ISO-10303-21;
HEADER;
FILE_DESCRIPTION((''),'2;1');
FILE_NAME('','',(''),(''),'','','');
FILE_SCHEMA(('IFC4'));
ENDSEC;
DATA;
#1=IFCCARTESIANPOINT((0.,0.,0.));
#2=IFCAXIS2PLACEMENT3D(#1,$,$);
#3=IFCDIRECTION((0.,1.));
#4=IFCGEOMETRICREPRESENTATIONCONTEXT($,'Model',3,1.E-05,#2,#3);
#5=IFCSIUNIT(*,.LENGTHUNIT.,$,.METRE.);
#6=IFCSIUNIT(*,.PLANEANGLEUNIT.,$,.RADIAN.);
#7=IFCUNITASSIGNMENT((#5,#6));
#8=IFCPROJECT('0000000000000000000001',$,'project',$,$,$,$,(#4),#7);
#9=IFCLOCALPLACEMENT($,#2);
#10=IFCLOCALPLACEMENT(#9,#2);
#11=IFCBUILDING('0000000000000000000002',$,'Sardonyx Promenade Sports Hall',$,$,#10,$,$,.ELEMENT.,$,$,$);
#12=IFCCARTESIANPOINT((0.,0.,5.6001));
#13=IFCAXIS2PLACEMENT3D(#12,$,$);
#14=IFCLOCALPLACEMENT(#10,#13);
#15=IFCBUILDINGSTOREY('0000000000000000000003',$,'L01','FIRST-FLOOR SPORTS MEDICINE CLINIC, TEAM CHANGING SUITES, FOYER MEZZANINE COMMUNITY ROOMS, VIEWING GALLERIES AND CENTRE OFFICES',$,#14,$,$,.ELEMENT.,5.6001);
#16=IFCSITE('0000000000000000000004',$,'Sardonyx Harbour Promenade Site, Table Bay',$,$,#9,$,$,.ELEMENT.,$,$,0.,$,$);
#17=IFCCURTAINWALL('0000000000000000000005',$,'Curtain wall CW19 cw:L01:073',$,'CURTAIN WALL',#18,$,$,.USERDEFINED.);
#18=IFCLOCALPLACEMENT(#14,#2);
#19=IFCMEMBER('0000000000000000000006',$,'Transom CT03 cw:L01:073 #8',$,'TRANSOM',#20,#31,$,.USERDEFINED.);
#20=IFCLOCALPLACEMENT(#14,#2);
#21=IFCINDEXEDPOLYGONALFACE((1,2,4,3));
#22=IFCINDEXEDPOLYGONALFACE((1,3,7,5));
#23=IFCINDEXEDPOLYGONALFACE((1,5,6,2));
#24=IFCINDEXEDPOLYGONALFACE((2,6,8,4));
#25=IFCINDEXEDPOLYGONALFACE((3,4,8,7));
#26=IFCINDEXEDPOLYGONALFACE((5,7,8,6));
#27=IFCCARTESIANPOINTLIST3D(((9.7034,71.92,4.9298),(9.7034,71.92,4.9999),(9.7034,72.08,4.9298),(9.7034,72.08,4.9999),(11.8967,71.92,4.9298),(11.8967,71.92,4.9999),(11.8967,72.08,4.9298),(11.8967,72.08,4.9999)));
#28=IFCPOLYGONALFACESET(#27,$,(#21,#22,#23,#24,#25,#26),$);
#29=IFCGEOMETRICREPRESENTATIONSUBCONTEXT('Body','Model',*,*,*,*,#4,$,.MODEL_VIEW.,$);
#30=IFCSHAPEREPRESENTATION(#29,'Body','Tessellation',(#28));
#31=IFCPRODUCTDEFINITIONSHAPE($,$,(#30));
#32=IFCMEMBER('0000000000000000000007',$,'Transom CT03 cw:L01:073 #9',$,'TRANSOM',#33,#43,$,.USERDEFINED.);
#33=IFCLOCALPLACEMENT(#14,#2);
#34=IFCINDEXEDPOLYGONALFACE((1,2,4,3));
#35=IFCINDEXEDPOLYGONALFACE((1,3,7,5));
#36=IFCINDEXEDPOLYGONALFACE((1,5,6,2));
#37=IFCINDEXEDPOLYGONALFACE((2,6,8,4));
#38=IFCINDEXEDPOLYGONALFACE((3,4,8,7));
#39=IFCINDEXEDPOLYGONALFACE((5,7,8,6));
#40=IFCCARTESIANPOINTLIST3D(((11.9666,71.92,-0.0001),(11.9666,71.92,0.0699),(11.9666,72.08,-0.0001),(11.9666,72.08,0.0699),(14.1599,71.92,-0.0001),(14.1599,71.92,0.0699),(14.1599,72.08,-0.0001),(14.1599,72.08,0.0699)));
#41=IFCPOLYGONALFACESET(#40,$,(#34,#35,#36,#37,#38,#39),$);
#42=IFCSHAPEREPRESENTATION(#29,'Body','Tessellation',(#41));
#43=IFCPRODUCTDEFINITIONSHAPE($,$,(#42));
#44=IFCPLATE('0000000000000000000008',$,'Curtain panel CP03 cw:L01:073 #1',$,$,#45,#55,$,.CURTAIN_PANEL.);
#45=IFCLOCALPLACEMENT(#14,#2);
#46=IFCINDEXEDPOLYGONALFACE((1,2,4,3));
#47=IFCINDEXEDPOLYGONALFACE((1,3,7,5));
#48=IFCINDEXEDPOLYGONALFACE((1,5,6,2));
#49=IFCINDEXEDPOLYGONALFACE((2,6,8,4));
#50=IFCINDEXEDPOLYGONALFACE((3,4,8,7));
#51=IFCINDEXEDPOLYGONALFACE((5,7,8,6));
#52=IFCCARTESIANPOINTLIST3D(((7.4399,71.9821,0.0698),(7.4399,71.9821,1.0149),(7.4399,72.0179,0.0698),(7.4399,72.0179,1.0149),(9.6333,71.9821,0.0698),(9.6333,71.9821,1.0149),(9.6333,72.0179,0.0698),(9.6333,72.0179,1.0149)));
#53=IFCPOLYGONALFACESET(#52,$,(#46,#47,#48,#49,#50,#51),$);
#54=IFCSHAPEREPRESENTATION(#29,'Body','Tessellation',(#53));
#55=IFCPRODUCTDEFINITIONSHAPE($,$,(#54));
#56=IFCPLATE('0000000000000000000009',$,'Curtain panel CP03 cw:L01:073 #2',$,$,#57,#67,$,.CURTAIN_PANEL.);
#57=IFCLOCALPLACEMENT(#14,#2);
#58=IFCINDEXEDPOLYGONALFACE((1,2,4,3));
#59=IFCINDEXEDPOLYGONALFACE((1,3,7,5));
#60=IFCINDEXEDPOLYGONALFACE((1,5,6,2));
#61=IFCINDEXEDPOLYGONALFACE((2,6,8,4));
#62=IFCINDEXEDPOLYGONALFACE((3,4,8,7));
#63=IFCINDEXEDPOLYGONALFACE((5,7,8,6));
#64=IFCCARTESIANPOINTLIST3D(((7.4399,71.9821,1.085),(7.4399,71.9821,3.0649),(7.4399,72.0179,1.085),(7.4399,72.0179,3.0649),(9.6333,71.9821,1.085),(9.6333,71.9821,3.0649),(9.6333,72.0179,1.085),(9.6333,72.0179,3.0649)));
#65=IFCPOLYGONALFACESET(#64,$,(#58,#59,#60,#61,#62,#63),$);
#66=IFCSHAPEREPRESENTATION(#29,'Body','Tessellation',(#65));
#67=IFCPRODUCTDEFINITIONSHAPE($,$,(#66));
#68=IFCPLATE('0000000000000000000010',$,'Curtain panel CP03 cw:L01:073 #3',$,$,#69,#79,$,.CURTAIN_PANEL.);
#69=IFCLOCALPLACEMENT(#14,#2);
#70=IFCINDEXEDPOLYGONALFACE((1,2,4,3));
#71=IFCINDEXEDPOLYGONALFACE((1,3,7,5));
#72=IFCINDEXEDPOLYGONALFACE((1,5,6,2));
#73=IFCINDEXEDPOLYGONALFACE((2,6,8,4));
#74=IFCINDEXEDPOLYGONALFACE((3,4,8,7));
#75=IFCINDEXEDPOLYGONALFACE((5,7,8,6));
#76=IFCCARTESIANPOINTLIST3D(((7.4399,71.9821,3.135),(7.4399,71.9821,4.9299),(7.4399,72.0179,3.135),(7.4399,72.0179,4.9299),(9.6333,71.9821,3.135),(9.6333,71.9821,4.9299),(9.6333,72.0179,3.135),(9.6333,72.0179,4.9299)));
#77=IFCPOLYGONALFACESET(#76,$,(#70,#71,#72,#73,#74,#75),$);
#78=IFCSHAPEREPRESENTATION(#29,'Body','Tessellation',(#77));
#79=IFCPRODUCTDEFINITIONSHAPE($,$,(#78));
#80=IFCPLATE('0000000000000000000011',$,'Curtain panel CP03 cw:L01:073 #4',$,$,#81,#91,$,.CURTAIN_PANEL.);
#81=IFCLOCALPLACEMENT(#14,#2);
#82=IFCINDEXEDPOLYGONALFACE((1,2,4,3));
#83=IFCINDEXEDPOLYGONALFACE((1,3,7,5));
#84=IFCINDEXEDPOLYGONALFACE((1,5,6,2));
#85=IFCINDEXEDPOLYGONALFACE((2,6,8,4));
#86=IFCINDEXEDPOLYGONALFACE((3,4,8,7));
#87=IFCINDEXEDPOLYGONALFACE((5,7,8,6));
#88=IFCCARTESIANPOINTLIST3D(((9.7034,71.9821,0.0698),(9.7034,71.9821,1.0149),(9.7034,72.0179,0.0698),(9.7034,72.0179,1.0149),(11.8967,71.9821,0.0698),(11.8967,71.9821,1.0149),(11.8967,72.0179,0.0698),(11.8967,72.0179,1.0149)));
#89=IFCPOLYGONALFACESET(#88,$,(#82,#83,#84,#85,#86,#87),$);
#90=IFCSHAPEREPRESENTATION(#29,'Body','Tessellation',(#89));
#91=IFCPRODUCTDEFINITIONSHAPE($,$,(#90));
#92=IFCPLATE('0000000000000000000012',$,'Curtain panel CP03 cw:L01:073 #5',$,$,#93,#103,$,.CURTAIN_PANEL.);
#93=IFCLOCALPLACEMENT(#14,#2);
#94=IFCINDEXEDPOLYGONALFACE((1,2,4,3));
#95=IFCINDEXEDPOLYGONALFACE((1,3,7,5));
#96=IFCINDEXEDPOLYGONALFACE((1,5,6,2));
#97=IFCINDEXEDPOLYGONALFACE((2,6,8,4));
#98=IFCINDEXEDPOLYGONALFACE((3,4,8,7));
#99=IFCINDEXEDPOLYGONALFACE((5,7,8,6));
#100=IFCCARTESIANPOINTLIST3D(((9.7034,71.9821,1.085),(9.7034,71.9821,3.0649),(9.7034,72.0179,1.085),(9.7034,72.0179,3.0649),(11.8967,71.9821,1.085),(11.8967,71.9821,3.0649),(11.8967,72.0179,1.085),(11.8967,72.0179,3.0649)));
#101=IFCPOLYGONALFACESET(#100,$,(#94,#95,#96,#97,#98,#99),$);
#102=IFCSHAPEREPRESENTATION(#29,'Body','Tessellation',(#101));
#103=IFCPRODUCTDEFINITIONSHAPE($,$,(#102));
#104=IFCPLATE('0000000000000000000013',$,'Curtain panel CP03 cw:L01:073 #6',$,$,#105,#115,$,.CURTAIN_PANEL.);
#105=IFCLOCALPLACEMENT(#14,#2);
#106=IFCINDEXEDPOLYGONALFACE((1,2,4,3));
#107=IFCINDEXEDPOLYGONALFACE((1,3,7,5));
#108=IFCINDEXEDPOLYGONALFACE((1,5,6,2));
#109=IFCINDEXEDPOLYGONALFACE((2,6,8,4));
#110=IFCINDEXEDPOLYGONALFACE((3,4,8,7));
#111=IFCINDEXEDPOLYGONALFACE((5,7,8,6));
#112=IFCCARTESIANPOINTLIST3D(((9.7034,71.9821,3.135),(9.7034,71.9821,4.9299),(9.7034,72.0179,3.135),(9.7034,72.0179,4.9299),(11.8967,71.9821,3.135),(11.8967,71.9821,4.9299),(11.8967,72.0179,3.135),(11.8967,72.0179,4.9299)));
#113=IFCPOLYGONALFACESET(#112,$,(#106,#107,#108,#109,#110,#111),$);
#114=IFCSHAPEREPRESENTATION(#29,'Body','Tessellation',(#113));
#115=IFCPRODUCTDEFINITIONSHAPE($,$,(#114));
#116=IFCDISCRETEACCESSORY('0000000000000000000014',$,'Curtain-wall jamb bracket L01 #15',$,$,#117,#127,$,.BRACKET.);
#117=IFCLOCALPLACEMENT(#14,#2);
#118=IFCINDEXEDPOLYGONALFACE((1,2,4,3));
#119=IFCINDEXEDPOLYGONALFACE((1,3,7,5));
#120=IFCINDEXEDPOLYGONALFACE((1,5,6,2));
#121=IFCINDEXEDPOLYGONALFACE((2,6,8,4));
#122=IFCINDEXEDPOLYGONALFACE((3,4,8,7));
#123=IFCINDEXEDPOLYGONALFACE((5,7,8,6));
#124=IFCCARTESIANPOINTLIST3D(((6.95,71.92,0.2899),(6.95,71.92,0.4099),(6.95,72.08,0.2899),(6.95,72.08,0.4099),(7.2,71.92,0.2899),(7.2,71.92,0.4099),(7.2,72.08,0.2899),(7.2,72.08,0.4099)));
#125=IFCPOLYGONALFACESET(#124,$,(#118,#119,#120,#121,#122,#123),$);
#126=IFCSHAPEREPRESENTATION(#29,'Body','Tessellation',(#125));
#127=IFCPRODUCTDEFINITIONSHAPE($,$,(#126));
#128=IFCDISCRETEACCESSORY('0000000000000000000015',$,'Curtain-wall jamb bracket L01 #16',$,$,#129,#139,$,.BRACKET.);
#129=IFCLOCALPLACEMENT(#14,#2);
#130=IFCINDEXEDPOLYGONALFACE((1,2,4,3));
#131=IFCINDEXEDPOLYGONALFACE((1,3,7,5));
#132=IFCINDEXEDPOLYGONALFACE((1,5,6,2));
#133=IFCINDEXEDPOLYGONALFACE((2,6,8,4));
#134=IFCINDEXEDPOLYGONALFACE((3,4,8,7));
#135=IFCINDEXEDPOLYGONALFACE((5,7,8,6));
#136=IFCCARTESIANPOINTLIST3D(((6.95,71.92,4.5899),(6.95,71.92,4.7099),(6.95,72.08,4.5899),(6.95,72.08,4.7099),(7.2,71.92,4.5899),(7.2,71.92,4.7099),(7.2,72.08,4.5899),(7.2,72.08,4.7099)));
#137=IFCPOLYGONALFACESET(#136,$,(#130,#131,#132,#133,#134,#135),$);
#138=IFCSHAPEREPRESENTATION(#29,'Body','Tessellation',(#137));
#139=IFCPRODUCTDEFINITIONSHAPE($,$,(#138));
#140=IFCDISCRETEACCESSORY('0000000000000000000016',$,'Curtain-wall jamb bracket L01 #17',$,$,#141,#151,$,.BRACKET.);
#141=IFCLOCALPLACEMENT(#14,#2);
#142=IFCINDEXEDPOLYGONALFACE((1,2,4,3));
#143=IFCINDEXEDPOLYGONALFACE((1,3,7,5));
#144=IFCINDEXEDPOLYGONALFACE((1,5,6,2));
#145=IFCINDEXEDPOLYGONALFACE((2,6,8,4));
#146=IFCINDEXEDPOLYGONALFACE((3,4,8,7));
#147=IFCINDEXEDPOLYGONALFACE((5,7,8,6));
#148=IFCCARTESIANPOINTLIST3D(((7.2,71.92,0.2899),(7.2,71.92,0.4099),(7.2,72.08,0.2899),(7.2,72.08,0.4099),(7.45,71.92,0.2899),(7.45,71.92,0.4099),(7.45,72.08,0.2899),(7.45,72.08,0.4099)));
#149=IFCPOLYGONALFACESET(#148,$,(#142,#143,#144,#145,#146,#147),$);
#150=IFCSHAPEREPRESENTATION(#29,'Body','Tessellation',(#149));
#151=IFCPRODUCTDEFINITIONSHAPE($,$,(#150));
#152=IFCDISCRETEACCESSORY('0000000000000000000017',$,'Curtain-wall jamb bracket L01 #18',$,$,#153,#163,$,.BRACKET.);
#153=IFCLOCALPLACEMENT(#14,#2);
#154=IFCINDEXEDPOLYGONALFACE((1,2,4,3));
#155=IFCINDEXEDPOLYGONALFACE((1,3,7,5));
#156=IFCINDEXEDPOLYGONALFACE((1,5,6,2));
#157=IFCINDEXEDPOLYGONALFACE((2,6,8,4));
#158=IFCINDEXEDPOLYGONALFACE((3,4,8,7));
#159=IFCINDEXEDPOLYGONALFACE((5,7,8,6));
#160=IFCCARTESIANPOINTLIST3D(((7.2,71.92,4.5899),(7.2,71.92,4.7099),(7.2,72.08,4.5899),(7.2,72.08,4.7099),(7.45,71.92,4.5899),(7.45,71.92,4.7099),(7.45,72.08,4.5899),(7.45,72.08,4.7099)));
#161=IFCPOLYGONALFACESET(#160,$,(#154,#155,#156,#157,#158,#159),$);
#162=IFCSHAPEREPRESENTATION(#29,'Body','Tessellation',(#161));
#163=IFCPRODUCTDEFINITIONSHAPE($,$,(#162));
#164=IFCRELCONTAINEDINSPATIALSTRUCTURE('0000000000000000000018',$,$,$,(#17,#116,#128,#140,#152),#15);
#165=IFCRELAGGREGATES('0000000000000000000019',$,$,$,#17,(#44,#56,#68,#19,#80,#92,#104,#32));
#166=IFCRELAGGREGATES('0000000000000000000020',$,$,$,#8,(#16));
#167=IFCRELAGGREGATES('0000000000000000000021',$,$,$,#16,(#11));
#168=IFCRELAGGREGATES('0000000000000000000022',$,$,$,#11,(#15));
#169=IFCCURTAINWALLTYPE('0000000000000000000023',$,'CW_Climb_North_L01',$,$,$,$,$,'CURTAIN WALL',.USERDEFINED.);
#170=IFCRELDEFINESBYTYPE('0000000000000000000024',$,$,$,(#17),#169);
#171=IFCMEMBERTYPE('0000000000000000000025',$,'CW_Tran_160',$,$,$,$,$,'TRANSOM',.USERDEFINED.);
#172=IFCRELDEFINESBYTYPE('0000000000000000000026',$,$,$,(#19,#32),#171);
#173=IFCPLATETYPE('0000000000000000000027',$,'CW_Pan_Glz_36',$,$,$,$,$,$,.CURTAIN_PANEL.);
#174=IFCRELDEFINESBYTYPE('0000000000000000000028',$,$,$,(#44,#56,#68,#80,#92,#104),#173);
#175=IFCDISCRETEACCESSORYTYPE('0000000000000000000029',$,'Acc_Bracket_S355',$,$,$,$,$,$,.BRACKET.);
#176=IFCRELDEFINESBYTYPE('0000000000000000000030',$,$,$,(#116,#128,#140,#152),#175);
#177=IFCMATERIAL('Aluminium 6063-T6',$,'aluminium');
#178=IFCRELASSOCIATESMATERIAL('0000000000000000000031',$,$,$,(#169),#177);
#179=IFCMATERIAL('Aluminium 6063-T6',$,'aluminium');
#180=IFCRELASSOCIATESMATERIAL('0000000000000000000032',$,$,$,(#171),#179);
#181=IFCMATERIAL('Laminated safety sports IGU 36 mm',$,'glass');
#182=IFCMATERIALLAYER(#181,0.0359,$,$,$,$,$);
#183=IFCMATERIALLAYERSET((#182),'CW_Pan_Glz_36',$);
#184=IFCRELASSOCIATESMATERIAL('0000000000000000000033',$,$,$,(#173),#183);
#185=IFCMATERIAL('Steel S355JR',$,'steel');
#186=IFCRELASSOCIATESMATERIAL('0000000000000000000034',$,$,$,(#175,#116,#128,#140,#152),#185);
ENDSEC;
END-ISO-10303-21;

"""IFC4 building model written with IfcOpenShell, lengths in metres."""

from ifc_helpers import new_model, si_unit, direction, frame, origin, origin_2d, place, context, subcontext, project, spatial, rectangle, extrude, material, layer, layer_set, material_profile, profile_set, type_object, element, aggregate, save


model = new_model("IFC4")

# Units and contexts
model_context = context("Model", 3, precision=1e-05, world=origin(), true_north=direction((0.0, 1.0)))
body_context = subcontext(model_context, "Body", "Model", "MODEL_VIEW")
ifc_project = project(units=[si_unit("LENGTHUNIT", "METRE"), si_unit("PLANEANGLEUNIT", "RADIAN")], contexts=[model_context])

# Site, building, storey
site_placement = place(None, origin())
site = spatial("IfcSite", under=ifc_project, at=site_placement, Name="Sardonyx Harbour Promenade Site, Table Bay", CompositionType="ELEMENT", RefElevation=0.0)
building_placement = place(site_placement, origin())
building = spatial("IfcBuilding", under=site, at=building_placement, Name="Sardonyx Promenade Sports Hall", CompositionType="ELEMENT")
storey_placement = place(building_placement, frame((0.0, 0.0, 5.6001)))
storey = spatial("IfcBuildingStorey", under=building, at=storey_placement, Name="L01", Description="FIRST-FLOOR SPORTS MEDICINE CLINIC, TEAM CHANGING SUITES, FOYER MEZZANINE COMMUNITY ROOMS, VIEWING GALLERIES AND CENTRE OFFICES", CompositionType="ELEMENT", Elevation=5.6001)

# Shared definitions
ifc_material_1 = material(Name="Aluminium 6063-T6", Category="aluminium")
curtain_wall_type = type_object("IfcCurtainWallType", Name="CW_Climb_North_L01", ElementType="CURTAIN WALL", PredefinedType="USERDEFINED", material=ifc_material_1)

# Curtain wall, members, plates
curtain_wall_1_placement = place(storey_placement, origin())
curtain_wall_1 = element("IfcCurtainWall", 1, at=curtain_wall_1_placement, inside=storey, type_object=curtain_wall_type, Name="Curtain wall CW19 cw:L01:073", ObjectType="CURTAIN WALL", PredefinedType="USERDEFINED")
ifc_material_2 = material(Name="Aluminium 6063-T6", Category="aluminium")
ifc_material_profile_1 = material_profile(ifc_material_2, rectangle(XDim=0.0701, YDim=0.1599, at=origin_2d()))
ifc_profile_set_1 = profile_set([ifc_material_profile_1], Name="Aluminium 6063-T6")
member_type_1 = type_object("IfcMemberType", Name="CW_Tran_160", ElementType="TRANSOM", PredefinedType="USERDEFINED", material=ifc_profile_set_1)
member_1_placement = place(storey_placement, frame((9.7034, 72.0, 4.9648), z_axis=(1.0, 0.0, 0.0), x_axis=(0.0, 0.0, 1.0)))
member_1 = element("IfcMember", 2, at=member_1_placement, type_object=member_type_1, Name="Transom CT03 cw:L01:073 #8", ObjectType="TRANSOM", PredefinedType="USERDEFINED", context=body_context, shape_type="SweptSolid", body=[
    extrude(rectangle(XDim=0.0701, YDim=0.1599, at=origin_2d()), origin(), (0.0, 0.0, 1.0), 2.1934),
])
member_2_placement = place(storey_placement, frame((11.9666, 72.0, 0.0349), z_axis=(1.0, 0.0, 0.0), x_axis=(0.0, 0.0, 1.0)))
member_2 = element("IfcMember", 3, at=member_2_placement, type_object=member_type_1, Name="Transom CT03 cw:L01:073 #9", ObjectType="TRANSOM", PredefinedType="USERDEFINED", context=body_context, shape_type="SweptSolid", body=[
    extrude(rectangle(XDim=0.0701, YDim=0.1599, at=origin_2d()), origin(), (0.0, 0.0, 1.0), 2.1934),
])
ifc_material_3 = material(Name="Laminated safety sports IGU 36 mm", Category="glass")
ifc_layer = layer(ifc_material_3, 0.0359)
ifc_layer_set = layer_set([ifc_layer], Name="CW_Pan_Glz_36")
plate_type = type_object("IfcPlateType", Name="CW_Pan_Glz_36", PredefinedType="CURTAIN_PANEL", material=ifc_layer_set)
plate_1_placement = place(storey_placement, frame((8.5366, 72.0, 0.0698), z_axis=(0.0, 0.0, 1.0), x_axis=(1.0, 0.0, 0.0)))
plate_1 = element("IfcPlate", 4, at=plate_1_placement, type_object=plate_type, Name="Curtain panel CP03 cw:L01:073 #1", PredefinedType="CURTAIN_PANEL", context=body_context, shape_type="SweptSolid", body=[
    extrude(rectangle(XDim=2.1934, YDim=0.0359, at=origin_2d()), origin(), (0.0, 0.0, 1.0), 0.9451),
])
plate_2_placement = place(storey_placement, frame((8.5366, 72.0, 1.085), z_axis=(0.0, 0.0, 1.0), x_axis=(1.0, 0.0, 0.0)))
plate_2 = element("IfcPlate", 5, at=plate_2_placement, type_object=plate_type, Name="Curtain panel CP03 cw:L01:073 #2", PredefinedType="CURTAIN_PANEL", context=body_context, shape_type="SweptSolid", body=[
    extrude(rectangle(XDim=2.1934, YDim=0.0359, at=origin_2d()), origin(), (0.0, 0.0, 1.0), 1.98),
])
plate_3_placement = place(storey_placement, frame((8.5366, 72.0, 3.135), z_axis=(0.0, 0.0, 1.0), x_axis=(1.0, 0.0, 0.0)))
plate_3 = element("IfcPlate", 6, at=plate_3_placement, type_object=plate_type, Name="Curtain panel CP03 cw:L01:073 #3", PredefinedType="CURTAIN_PANEL", context=body_context, shape_type="SweptSolid", body=[
    extrude(rectangle(XDim=2.1934, YDim=0.0359, at=origin_2d()), origin(), (0.0, 0.0, 1.0), 1.7949),
])
plate_4_placement = place(storey_placement, frame((10.8, 72.0, 0.0698), z_axis=(0.0, 0.0, 1.0), x_axis=(1.0, 0.0, 0.0)))
plate_4 = element("IfcPlate", 7, at=plate_4_placement, type_object=plate_type, Name="Curtain panel CP03 cw:L01:073 #4", PredefinedType="CURTAIN_PANEL", context=body_context, shape_type="SweptSolid", body=[
    extrude(rectangle(XDim=2.1934, YDim=0.0359, at=origin_2d()), origin(), (0.0, 0.0, 1.0), 0.9451),
])
plate_5_placement = place(storey_placement, frame((10.8, 72.0, 1.085), z_axis=(0.0, 0.0, 1.0), x_axis=(1.0, 0.0, 0.0)))
plate_5 = element("IfcPlate", 8, at=plate_5_placement, type_object=plate_type, Name="Curtain panel CP03 cw:L01:073 #5", PredefinedType="CURTAIN_PANEL", context=body_context, shape_type="SweptSolid", body=[
    extrude(rectangle(XDim=2.1934, YDim=0.0359, at=origin_2d()), origin(), (0.0, 0.0, 1.0), 1.98),
])
plate_6_placement = place(storey_placement, frame((10.8, 72.0, 3.135), z_axis=(0.0, 0.0, 1.0), x_axis=(1.0, 0.0, 0.0)))
plate_6 = element("IfcPlate", 9, at=plate_6_placement, type_object=plate_type, Name="Curtain panel CP03 cw:L01:073 #6", PredefinedType="CURTAIN_PANEL", context=body_context, shape_type="SweptSolid", body=[
    extrude(rectangle(XDim=2.1934, YDim=0.0359, at=origin_2d()), origin(), (0.0, 0.0, 1.0), 1.7949),
])
aggregate(curtain_wall_1, [plate_1, plate_2, plate_3, member_1, plate_4, plate_5, plate_6, member_2])

# Discrete accessories
ifc_material_4 = material(Name="Steel S355JR", Category="steel")
discrete_accessory_type = type_object("IfcDiscreteAccessoryType", Name="Acc_Bracket_S355", PredefinedType="BRACKET", material=ifc_material_4)
for number, where, z_axis, x_axis, name in (
    (10, (7.075, 72.0, 0.2899), (0.0, 0.0, 1.0), (1.0, 0.0, 0.0), "Curtain-wall jamb bracket L01 #15"),
    (11, (7.075, 72.0, 4.5899), (0.0, 0.0, 1.0), (1.0, 0.0, 0.0), "Curtain-wall jamb bracket L01 #16"),
    (12, (7.325, 72.0, 0.2899), (0.0, 0.0, 1.0), (1.0, 0.0, 0.0), "Curtain-wall jamb bracket L01 #17"),
    (13, (7.325, 72.0, 4.5899), (0.0, 0.0, 1.0), (1.0, 0.0, 0.0), "Curtain-wall jamb bracket L01 #18"),
):
    element("IfcDiscreteAccessory", number, at=place(storey_placement, frame(where, z_axis=z_axis, x_axis=x_axis)), inside=storey, type_object=discrete_accessory_type, material=ifc_material_4, Name=name, PredefinedType="BRACKET", context=body_context, shape_type="SweptSolid", body=[
        extrude(rectangle(XDim=0.25, YDim=0.16), origin(), (0.0, 0.0, 1.0), 0.12),
    ])

save(model, "model.ifc")
